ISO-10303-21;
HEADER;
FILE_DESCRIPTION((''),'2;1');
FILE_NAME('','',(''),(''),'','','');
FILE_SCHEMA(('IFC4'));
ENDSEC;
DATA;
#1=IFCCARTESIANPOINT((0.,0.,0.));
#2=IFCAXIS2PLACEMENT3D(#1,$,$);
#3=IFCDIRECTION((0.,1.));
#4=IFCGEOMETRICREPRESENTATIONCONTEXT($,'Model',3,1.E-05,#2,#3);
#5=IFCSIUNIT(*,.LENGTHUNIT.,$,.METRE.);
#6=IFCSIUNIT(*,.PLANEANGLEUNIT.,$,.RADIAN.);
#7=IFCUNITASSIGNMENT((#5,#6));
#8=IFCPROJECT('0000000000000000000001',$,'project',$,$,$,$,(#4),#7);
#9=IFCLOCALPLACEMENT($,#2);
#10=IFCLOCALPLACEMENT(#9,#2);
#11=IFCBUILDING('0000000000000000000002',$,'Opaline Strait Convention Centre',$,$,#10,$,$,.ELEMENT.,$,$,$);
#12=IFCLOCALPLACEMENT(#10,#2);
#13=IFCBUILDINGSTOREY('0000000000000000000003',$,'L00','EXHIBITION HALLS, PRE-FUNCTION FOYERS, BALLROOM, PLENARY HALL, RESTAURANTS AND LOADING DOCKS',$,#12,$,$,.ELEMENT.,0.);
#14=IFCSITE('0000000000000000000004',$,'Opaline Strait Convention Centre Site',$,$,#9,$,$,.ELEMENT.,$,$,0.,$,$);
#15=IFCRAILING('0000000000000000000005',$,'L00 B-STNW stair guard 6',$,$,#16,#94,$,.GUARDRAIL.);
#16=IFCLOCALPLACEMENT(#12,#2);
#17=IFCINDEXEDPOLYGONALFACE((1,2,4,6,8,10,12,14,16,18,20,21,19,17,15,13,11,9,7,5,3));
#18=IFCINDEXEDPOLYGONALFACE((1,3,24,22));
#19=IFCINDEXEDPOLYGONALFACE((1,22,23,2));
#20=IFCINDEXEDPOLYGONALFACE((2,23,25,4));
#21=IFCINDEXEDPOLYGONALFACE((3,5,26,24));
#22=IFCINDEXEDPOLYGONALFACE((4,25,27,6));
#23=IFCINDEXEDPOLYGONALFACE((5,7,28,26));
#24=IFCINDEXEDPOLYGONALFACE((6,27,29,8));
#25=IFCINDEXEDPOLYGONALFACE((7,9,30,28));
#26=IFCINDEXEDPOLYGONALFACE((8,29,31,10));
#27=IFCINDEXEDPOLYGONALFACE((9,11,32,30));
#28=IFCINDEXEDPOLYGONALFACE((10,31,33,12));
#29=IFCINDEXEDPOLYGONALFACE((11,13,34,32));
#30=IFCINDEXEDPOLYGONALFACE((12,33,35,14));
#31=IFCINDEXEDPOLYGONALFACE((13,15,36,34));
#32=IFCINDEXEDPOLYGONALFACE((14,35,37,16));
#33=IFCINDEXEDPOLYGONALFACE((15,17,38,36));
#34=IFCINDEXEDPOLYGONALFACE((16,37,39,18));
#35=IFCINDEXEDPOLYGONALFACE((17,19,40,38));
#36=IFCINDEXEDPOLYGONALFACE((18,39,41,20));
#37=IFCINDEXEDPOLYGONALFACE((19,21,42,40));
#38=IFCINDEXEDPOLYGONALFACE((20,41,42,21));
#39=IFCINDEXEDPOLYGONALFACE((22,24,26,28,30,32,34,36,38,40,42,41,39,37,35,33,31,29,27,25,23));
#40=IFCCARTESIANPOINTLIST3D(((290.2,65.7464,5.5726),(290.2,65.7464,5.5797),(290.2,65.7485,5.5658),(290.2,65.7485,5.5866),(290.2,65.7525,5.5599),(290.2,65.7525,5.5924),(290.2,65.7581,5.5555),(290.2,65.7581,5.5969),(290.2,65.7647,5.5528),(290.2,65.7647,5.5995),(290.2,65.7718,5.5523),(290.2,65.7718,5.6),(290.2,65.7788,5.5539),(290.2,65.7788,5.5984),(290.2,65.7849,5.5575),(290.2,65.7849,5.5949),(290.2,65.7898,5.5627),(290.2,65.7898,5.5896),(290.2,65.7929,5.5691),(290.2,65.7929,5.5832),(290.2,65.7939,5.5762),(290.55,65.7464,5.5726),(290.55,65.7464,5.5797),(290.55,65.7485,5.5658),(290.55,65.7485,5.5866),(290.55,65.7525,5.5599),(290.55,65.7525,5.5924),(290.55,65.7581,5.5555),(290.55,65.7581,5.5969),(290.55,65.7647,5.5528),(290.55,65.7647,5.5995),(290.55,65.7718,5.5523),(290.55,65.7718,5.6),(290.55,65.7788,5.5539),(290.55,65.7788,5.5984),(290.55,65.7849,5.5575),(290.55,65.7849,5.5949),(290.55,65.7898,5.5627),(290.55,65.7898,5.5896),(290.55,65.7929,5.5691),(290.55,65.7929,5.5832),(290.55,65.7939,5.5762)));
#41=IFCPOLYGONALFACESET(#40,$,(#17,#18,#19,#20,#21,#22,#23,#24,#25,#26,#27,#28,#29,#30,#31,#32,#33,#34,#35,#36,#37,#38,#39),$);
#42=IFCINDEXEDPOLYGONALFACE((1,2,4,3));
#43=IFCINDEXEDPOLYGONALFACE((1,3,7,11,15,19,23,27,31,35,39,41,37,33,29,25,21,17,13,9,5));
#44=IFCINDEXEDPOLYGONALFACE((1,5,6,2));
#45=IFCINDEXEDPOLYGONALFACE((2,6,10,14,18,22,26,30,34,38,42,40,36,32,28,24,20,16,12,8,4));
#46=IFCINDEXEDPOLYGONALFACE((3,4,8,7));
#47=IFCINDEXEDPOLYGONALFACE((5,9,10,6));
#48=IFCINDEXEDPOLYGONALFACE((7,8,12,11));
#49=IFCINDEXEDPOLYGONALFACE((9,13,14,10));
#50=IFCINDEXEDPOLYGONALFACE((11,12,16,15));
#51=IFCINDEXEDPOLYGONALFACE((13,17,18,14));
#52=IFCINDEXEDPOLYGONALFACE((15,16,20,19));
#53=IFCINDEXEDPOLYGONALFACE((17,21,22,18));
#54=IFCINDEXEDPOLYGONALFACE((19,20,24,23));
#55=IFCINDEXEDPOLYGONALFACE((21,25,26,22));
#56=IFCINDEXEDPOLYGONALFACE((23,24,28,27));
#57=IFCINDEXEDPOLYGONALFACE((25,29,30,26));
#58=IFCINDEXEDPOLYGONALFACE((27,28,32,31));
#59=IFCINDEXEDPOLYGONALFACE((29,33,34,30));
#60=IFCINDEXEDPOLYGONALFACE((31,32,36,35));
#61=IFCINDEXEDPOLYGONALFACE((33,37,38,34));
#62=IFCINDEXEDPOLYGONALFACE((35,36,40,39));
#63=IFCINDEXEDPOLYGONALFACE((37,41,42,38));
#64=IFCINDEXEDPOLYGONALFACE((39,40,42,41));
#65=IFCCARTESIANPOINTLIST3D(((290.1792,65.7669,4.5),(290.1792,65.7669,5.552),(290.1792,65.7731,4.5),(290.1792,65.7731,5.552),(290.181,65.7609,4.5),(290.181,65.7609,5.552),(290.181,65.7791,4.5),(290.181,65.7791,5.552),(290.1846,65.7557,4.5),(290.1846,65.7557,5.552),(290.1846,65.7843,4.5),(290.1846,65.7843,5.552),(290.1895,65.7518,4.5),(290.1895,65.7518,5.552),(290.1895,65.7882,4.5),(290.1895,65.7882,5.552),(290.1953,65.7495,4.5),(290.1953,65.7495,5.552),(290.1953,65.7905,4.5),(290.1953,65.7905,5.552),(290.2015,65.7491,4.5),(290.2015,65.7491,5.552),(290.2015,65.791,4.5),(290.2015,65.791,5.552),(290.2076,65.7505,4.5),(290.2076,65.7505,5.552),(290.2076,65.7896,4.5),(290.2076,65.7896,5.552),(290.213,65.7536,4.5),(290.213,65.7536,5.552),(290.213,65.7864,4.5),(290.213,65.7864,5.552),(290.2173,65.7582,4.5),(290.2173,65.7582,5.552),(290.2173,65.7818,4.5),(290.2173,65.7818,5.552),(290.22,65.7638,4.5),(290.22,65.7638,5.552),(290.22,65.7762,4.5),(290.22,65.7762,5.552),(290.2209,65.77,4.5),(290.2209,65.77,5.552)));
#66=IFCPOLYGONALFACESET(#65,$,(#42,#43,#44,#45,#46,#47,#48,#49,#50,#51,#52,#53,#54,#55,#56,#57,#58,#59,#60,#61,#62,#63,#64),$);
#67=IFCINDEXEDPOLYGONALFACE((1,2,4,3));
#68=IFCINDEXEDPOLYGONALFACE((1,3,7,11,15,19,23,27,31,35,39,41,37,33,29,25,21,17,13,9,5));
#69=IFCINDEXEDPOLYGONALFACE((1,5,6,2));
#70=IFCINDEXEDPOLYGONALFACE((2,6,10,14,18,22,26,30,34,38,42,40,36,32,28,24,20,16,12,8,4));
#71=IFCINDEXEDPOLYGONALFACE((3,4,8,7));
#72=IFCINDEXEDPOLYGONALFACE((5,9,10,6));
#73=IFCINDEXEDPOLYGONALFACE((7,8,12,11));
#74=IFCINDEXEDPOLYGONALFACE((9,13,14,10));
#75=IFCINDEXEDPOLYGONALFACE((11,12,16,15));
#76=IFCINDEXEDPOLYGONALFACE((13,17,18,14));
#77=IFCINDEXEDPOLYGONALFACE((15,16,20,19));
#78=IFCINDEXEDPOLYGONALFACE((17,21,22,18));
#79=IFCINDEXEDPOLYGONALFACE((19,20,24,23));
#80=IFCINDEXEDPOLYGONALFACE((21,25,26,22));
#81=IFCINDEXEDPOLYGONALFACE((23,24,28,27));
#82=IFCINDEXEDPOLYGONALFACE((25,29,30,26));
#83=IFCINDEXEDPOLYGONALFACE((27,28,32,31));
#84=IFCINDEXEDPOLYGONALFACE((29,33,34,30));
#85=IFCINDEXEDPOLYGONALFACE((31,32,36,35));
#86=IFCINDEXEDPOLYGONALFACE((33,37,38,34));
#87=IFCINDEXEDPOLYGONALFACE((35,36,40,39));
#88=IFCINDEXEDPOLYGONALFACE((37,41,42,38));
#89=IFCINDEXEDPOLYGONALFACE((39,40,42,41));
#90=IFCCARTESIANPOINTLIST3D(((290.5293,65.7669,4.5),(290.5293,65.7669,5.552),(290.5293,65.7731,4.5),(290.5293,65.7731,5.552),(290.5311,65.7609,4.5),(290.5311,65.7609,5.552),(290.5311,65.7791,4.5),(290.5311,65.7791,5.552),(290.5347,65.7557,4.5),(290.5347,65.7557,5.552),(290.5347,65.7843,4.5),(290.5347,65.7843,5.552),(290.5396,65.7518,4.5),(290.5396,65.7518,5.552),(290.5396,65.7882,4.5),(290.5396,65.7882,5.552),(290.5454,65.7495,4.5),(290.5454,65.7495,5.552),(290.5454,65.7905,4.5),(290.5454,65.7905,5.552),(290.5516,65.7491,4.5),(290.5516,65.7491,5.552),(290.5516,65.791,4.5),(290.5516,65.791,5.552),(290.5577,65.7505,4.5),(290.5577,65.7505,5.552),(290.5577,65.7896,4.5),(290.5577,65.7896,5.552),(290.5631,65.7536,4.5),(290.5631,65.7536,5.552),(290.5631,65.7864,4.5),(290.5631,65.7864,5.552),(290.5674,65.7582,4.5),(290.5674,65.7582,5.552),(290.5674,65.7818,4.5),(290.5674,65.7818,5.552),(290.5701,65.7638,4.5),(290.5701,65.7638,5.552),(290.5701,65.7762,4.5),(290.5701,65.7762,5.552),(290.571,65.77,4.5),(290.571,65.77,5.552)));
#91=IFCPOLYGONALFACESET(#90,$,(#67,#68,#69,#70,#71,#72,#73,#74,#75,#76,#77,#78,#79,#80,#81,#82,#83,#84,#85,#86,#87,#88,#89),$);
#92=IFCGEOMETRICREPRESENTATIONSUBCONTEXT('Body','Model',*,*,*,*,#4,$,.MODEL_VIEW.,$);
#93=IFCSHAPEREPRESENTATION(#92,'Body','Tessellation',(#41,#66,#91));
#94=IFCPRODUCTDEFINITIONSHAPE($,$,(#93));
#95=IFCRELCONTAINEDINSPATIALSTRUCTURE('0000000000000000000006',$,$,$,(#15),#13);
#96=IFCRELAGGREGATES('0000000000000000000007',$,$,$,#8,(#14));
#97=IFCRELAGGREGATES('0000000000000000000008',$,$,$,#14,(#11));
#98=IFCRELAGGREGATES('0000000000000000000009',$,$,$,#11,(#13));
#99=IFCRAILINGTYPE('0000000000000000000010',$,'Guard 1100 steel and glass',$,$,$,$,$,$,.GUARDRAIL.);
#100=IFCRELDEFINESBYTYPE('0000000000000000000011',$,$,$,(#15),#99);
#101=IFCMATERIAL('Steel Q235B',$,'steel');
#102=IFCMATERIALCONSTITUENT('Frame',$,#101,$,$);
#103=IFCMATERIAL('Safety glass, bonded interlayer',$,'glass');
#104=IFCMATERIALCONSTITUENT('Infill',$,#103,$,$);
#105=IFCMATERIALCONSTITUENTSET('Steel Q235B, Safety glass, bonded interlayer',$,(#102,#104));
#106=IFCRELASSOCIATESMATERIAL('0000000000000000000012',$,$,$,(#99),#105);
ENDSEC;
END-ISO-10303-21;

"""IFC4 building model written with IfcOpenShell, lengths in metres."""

from ifc_helpers import new_model, si_unit, direction, frame, origin, origin_2d, place, context, subcontext, project, spatial, circle, extrude, material, constituent, constituent_set, type_object, element, save


model = new_model("IFC4")

# Units and contexts
model_context = context("Model", 3, precision=1e-05, world=origin(), true_north=direction((0.0, 1.0)))
body_context = subcontext(model_context, "Body", "Model", "MODEL_VIEW")
ifc_project = project(units=[si_unit("LENGTHUNIT", "METRE"), si_unit("PLANEANGLEUNIT", "RADIAN")], contexts=[model_context])

# Site, building, storey
site_placement = place(None, origin())
site = spatial("IfcSite", under=ifc_project, at=site_placement, Name="Opaline Strait Convention Centre Site", CompositionType="ELEMENT", RefElevation=0.0)
building_placement = place(site_placement, origin())
building = spatial("IfcBuilding", under=site, at=building_placement, Name="Opaline Strait Convention Centre", CompositionType="ELEMENT")
storey_placement = place(building_placement, origin())
storey = spatial("IfcBuildingStorey", under=building, at=storey_placement, Name="L00", Description="EXHIBITION HALLS, PRE-FUNCTION FOYERS, BALLROOM, PLENARY HALL, RESTAURANTS AND LOADING DOCKS", CompositionType="ELEMENT", Elevation=0.0)

# Shared definitions
ifc_material_1 = material(Name="Steel Q235B", Category="steel")

# Railing
ifc_constituent_1 = constituent(ifc_material_1, Name="Frame")
ifc_material_2 = material(Name="Safety glass, bonded interlayer", Category="glass")
ifc_constituent_2 = constituent(ifc_material_2, Name="Infill")
ifc_constituent_set = constituent_set(constituents=[ifc_constituent_1, ifc_constituent_2], Name="Steel Q235B, Safety glass, bonded interlayer")
railing_type_1 = type_object("IfcRailingType", Name="Guard 1100 steel and glass", PredefinedType="GUARDRAIL", material=ifc_constituent_set)
railing_1_placement = place(storey_placement, frame((290.2, 65.77, 4.5)))
element("IfcRailing", 1, at=railing_1_placement, inside=storey, type_object=railing_type_1, Name="L00 B-STNW stair guard 6", PredefinedType="GUARDRAIL", context=body_context, shape_type="SweptSolid", body=[
    extrude(circle(Radius=0.0239, at=origin_2d()), frame((0.0, 0.0, 1.0762), z_axis=(1.0, 0.0, 0.0), x_axis=(0.0, 1.0, 0.0)), (0.0, 0.0, 1.0), 0.3501),
    extrude(circle(Radius=0.021, at=origin_2d()), origin(), (0.0, 0.0, 1.0), 1.052),
    extrude(circle(Radius=0.021, at=origin_2d()), frame((0.3501, 0.0, 0.0)), (0.0, 0.0, 1.0), 1.052),
])

save(model, "model.ifc")
